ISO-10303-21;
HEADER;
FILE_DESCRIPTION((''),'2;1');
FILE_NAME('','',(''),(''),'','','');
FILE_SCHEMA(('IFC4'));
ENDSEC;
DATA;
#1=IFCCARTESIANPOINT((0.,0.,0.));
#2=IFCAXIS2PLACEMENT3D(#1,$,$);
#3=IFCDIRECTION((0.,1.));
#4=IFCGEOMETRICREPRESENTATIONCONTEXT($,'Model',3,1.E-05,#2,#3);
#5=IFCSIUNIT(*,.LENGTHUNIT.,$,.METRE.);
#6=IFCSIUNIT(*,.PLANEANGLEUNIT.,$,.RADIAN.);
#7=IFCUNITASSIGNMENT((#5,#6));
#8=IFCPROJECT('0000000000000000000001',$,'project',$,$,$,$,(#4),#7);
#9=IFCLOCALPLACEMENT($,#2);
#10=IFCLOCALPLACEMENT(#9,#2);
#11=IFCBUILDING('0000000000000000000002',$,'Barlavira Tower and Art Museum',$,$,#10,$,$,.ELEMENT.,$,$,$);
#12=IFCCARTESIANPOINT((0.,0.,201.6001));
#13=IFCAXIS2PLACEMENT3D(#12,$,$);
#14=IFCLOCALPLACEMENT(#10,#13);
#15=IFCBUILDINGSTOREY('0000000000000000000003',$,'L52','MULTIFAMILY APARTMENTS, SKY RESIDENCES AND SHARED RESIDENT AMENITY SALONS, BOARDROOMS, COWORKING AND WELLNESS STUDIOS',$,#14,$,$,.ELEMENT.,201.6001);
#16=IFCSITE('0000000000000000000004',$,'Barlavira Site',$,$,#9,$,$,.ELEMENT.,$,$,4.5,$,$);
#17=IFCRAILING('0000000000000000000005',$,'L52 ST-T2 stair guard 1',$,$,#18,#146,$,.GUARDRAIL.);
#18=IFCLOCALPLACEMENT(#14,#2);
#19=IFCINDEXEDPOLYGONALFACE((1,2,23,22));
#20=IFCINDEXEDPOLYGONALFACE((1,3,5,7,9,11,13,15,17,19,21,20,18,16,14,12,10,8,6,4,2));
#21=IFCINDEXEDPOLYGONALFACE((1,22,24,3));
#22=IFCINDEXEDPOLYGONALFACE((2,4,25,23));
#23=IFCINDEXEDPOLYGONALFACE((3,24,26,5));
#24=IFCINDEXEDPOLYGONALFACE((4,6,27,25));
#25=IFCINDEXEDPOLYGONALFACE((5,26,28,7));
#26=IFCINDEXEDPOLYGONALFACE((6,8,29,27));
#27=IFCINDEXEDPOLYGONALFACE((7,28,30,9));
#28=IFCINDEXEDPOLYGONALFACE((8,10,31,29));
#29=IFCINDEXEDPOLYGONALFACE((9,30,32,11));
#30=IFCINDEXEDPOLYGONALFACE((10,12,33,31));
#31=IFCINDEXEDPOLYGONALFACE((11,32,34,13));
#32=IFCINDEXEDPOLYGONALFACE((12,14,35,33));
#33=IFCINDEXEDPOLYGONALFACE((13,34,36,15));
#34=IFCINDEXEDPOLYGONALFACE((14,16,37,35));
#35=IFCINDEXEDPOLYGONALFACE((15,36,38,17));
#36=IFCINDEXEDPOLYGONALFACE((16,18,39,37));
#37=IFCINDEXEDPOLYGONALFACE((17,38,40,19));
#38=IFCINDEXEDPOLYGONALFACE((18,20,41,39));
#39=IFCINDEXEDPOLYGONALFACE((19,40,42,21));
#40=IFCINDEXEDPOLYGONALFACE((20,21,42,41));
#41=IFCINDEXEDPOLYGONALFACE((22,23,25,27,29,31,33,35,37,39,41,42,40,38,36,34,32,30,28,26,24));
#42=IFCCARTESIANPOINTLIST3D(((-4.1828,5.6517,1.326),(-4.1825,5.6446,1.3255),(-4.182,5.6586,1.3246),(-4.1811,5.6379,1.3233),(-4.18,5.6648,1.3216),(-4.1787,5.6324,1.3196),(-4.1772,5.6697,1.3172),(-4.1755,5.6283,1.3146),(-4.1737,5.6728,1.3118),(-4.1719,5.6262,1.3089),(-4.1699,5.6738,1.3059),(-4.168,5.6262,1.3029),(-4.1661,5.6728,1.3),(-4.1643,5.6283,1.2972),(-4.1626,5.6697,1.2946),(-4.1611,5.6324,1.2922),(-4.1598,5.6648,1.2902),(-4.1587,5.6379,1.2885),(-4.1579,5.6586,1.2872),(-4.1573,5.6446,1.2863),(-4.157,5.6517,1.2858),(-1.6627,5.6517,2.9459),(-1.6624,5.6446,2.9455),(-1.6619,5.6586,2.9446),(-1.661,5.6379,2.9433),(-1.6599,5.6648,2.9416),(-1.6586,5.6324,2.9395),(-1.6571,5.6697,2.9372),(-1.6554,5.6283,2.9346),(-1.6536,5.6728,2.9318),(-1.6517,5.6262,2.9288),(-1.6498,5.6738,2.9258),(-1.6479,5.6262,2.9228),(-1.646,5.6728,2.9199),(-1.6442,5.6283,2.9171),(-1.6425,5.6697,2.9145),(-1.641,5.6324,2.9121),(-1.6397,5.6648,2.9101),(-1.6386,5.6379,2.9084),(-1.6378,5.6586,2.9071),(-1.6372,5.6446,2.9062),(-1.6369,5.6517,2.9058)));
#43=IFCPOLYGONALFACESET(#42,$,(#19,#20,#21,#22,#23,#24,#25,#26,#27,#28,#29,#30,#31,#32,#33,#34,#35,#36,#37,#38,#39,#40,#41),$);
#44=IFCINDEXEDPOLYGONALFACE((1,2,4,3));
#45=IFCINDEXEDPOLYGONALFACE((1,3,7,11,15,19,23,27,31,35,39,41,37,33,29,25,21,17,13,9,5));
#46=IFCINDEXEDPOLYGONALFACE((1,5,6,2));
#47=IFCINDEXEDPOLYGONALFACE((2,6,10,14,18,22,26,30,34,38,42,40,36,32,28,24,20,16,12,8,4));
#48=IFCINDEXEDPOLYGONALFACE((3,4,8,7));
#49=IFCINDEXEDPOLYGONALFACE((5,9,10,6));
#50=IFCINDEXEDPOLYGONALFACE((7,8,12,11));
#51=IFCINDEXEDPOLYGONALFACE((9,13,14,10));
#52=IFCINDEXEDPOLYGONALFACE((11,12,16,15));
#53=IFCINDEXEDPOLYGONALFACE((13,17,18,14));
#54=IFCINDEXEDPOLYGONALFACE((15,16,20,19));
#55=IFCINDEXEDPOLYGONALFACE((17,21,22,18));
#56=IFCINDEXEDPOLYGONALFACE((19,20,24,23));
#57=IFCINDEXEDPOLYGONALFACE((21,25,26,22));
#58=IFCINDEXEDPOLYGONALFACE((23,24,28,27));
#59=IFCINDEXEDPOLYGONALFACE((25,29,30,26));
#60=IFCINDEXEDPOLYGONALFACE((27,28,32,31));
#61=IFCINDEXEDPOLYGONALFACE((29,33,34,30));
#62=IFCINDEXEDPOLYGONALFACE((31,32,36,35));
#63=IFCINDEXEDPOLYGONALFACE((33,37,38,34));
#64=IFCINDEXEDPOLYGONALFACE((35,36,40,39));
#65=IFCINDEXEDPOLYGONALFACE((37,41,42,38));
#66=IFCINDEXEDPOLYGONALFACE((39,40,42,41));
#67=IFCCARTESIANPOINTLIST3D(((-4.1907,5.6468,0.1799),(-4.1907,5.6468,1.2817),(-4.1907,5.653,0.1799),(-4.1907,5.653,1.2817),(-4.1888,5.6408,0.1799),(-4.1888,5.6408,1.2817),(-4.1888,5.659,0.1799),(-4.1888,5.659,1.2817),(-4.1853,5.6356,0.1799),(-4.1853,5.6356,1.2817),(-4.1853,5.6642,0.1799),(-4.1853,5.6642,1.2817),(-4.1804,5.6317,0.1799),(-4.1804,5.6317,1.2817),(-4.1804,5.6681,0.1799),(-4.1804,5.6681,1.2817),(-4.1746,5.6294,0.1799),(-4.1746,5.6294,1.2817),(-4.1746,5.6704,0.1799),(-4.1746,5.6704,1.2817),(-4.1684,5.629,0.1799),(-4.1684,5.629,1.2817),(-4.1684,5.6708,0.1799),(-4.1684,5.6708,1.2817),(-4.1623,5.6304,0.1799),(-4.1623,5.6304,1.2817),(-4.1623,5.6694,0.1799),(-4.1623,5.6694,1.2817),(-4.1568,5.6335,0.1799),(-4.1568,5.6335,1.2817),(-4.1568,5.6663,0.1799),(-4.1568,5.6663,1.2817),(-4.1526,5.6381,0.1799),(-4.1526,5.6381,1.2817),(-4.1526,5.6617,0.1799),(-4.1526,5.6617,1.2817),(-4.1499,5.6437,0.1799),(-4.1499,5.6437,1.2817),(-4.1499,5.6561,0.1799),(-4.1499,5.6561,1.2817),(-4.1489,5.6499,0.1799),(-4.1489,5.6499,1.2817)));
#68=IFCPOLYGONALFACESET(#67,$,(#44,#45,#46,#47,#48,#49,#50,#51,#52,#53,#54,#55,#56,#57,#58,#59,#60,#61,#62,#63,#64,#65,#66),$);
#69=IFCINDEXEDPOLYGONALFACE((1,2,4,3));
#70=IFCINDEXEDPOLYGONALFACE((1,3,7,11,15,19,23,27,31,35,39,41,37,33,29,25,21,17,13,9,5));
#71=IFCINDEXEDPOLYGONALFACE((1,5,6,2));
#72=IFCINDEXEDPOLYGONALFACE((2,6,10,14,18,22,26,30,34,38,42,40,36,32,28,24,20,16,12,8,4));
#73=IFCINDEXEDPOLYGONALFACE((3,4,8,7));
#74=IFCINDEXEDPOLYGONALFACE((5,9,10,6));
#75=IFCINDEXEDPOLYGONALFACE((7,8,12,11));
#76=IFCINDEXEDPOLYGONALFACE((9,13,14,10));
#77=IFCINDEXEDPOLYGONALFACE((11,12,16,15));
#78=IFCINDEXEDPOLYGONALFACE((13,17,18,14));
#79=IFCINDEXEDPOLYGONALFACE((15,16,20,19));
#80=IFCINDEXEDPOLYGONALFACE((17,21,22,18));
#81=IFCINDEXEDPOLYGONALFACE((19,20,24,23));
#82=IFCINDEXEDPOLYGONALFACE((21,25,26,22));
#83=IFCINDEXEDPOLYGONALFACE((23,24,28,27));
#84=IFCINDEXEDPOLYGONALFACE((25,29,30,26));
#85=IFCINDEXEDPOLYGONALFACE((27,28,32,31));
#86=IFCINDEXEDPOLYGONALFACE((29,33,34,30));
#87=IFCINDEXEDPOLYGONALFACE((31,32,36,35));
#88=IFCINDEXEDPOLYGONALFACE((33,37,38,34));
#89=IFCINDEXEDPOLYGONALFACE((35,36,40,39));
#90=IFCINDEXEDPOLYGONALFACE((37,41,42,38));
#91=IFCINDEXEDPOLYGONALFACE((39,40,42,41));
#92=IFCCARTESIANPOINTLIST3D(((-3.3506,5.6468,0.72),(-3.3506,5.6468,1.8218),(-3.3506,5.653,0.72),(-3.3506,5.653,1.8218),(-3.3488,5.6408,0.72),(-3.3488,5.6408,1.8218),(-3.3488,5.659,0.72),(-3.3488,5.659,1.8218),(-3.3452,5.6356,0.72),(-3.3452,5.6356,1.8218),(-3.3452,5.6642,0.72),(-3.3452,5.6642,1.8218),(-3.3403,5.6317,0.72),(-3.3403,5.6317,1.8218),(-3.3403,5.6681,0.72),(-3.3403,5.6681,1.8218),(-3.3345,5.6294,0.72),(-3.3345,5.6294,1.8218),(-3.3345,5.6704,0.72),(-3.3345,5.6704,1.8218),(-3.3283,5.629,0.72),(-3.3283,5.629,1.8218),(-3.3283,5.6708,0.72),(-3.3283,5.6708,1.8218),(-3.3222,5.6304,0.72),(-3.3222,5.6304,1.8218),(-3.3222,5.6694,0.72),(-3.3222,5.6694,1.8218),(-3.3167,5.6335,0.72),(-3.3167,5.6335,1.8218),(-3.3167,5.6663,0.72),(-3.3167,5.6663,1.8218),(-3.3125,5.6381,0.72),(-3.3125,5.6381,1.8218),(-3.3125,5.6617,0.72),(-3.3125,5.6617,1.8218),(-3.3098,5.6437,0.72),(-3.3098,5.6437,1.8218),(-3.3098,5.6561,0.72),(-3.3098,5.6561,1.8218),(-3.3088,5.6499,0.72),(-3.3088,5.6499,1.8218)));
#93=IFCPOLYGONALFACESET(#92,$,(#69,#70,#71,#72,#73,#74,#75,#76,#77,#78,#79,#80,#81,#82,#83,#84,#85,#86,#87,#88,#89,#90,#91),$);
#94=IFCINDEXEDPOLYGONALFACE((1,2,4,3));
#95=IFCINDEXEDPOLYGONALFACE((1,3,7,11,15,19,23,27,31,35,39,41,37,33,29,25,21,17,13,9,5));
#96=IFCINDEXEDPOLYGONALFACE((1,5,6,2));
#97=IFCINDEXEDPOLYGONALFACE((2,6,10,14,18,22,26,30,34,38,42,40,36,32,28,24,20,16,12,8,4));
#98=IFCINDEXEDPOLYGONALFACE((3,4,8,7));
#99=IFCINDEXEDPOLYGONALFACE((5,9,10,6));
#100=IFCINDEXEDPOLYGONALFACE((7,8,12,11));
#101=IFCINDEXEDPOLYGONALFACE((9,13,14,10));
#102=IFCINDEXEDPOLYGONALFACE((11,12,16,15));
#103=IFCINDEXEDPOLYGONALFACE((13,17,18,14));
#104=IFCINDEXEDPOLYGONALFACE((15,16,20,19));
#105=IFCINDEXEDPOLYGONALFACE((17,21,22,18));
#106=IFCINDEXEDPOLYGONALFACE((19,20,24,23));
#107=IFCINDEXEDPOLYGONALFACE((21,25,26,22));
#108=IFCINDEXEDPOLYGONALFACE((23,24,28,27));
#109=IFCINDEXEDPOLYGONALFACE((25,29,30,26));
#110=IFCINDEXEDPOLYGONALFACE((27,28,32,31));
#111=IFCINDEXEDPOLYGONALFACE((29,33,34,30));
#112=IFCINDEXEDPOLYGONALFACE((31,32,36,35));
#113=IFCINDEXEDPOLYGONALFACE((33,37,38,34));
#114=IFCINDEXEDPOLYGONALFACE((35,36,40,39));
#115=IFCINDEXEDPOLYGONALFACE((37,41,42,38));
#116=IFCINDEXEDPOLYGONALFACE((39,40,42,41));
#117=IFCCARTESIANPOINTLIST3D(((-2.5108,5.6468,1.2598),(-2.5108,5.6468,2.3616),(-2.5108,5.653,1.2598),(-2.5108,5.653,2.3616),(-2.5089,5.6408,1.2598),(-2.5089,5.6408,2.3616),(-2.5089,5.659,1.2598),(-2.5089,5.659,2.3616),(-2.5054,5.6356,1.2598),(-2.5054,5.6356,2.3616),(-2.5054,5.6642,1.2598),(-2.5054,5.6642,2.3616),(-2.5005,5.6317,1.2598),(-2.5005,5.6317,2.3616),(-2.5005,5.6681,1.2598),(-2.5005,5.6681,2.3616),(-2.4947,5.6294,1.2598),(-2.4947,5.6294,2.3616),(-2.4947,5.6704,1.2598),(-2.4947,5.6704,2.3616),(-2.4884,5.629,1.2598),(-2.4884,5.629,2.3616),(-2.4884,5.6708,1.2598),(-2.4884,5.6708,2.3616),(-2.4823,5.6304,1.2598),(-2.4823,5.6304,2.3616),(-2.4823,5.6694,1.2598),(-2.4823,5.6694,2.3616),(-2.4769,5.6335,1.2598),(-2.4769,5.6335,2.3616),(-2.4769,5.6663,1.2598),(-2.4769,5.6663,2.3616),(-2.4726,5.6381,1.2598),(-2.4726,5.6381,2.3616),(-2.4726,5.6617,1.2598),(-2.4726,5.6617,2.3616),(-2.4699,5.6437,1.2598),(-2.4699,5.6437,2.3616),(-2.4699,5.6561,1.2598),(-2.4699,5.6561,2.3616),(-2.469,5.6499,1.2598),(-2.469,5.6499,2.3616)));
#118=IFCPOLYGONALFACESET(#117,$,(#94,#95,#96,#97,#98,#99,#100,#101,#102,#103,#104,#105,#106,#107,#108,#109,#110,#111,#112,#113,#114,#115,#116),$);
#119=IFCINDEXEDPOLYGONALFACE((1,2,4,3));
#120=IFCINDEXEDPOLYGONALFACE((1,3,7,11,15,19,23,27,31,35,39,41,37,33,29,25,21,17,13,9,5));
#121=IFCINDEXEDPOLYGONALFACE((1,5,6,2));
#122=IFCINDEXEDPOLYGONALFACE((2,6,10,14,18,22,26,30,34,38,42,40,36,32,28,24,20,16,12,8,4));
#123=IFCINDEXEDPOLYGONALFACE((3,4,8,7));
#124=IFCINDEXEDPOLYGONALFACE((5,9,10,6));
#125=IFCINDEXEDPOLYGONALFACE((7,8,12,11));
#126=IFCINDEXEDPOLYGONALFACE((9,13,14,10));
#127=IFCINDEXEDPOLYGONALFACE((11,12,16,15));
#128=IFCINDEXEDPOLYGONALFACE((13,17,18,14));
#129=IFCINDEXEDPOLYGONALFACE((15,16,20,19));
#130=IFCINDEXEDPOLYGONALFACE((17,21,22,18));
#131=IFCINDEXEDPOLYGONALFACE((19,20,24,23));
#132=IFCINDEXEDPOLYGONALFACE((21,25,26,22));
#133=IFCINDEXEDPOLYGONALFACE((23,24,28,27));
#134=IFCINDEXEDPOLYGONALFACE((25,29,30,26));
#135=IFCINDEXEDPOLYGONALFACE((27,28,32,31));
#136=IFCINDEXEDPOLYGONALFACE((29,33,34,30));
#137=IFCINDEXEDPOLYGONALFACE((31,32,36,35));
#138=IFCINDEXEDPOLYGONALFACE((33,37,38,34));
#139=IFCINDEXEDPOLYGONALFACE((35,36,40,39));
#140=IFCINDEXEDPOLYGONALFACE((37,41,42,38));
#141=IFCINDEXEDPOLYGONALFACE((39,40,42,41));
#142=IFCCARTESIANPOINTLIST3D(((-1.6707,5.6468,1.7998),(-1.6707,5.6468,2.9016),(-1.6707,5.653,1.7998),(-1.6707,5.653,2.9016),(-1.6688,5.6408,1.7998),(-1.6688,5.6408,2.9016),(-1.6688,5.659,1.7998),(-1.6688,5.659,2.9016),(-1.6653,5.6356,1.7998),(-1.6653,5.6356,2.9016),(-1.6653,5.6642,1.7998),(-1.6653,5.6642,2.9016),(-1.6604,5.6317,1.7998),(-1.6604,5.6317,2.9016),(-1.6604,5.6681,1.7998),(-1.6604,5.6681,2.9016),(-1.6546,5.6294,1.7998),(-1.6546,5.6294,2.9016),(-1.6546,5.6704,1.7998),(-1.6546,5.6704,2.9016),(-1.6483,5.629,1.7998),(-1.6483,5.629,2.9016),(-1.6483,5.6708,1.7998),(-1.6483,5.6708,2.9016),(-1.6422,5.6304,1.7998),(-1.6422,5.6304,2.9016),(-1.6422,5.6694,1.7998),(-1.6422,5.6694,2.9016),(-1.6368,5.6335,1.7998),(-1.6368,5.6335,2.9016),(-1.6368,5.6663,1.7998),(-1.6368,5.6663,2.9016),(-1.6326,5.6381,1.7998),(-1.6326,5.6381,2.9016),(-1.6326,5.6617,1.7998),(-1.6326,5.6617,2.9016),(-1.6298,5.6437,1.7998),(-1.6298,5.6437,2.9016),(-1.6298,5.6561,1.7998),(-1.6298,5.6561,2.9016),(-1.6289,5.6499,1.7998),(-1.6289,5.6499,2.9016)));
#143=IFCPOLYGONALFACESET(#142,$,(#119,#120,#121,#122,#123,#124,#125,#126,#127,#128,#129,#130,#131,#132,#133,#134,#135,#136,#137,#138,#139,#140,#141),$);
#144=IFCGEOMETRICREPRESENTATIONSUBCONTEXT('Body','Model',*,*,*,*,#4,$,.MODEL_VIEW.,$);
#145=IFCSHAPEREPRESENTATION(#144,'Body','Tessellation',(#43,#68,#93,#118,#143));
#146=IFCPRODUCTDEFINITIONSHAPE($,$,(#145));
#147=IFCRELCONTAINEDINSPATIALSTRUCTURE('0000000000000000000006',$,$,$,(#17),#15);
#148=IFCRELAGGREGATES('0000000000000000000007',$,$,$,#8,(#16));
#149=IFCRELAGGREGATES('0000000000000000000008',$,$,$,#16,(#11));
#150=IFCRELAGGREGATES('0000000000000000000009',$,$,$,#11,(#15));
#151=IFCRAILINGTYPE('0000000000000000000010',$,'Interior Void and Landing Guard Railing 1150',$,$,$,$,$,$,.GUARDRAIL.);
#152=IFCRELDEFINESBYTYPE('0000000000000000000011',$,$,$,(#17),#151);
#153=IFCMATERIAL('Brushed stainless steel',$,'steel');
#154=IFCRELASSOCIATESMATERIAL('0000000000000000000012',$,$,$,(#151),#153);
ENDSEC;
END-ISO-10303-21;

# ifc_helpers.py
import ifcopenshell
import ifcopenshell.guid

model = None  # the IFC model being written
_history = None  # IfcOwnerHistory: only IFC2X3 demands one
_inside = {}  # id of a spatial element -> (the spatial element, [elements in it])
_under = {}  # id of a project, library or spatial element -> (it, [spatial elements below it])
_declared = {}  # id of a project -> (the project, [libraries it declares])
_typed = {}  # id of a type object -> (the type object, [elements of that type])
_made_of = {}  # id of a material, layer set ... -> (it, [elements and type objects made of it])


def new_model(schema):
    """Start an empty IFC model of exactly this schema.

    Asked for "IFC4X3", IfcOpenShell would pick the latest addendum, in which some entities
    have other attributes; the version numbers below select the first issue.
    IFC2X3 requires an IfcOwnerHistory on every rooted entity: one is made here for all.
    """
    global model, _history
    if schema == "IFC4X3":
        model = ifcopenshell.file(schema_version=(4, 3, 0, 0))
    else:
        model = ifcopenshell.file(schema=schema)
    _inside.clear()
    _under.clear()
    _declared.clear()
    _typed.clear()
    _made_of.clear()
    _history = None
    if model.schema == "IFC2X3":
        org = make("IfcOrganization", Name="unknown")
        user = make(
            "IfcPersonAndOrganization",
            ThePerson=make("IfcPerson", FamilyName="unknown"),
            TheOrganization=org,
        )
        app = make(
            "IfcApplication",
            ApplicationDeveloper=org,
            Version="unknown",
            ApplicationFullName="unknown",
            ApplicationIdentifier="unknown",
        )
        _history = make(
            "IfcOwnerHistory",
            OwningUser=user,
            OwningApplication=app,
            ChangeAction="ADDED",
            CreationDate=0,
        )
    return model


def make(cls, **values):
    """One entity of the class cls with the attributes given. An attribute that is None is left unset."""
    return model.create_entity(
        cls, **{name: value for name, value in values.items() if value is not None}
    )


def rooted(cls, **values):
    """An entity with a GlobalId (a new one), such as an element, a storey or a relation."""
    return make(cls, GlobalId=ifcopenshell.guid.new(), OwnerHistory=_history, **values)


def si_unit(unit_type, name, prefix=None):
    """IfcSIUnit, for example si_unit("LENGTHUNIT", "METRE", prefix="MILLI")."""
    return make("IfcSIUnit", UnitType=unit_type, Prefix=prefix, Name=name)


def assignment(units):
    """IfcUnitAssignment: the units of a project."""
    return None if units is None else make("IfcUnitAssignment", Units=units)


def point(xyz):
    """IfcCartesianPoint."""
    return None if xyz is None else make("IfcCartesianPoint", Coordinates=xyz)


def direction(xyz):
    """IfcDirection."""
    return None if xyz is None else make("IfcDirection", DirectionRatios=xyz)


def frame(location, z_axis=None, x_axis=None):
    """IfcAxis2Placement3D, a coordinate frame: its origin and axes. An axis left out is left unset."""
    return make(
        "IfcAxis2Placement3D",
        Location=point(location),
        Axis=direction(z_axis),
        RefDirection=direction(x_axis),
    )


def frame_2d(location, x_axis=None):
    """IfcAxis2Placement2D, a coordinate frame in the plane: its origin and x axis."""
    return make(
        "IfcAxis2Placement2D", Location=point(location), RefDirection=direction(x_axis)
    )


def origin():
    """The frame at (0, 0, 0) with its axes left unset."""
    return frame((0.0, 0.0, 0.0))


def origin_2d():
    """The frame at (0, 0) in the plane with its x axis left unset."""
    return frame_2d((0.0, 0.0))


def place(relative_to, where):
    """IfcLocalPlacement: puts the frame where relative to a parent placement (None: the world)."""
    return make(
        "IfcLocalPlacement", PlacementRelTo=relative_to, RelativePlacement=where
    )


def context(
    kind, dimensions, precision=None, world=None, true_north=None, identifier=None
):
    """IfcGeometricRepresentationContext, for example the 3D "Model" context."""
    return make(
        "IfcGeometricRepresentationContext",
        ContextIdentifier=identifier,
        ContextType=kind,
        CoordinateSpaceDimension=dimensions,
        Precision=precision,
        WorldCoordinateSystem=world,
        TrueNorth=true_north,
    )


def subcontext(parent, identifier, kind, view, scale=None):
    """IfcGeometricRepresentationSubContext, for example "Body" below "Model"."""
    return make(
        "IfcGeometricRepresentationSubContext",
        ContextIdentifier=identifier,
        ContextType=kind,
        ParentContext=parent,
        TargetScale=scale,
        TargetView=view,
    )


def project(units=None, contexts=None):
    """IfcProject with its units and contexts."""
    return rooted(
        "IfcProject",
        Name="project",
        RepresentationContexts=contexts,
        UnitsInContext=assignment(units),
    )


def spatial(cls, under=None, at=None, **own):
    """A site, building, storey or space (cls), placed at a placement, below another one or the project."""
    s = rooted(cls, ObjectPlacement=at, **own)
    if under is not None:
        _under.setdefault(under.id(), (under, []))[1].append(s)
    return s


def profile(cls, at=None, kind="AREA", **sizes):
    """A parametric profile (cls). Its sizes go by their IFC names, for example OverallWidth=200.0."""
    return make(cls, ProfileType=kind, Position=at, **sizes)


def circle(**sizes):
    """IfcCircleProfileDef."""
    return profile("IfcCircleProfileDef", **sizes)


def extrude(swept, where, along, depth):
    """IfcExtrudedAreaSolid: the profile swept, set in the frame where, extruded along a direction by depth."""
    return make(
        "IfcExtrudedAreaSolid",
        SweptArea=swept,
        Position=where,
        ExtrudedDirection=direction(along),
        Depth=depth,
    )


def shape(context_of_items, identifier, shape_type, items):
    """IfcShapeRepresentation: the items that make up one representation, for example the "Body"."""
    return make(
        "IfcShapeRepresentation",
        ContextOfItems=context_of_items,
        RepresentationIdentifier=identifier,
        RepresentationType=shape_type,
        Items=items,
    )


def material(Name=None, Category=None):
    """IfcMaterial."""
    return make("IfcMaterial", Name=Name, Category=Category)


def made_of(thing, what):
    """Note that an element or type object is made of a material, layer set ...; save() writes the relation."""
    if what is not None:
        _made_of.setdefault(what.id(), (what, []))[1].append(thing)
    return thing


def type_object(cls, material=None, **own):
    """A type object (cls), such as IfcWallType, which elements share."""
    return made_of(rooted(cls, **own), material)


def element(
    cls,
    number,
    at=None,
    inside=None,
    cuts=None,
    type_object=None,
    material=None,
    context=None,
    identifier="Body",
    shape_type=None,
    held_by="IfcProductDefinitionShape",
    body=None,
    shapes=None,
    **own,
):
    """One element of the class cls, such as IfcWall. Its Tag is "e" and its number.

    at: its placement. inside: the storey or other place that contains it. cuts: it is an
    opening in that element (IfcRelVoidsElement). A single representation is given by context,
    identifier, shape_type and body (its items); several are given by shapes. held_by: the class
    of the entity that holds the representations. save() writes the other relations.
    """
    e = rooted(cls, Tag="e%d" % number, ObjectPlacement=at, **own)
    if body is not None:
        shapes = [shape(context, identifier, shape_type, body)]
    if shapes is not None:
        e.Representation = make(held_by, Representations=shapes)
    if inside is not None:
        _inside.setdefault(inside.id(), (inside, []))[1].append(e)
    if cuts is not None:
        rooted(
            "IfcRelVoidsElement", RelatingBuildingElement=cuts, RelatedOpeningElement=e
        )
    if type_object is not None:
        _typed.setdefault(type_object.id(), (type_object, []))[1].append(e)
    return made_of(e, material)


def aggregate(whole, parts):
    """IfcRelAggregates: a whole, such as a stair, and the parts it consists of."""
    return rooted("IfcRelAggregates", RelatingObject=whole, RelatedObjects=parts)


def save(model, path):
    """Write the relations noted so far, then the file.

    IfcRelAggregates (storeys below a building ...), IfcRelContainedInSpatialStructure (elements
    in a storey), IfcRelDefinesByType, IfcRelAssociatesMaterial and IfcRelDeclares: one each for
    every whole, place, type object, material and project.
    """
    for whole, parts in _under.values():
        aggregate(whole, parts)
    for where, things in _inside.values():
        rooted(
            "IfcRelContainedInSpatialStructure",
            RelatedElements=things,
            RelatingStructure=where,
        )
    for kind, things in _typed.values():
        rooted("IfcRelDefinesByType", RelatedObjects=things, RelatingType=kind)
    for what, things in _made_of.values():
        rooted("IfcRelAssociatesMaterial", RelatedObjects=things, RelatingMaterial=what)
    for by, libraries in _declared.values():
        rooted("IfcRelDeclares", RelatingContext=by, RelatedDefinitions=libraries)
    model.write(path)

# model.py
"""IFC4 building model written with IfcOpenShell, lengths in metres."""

from ifc_helpers import new_model, si_unit, direction, frame, origin, origin_2d, place, context, subcontext, project, spatial, circle, extrude, material, type_object, element, save


model = new_model("IFC4")

# Units and contexts
model_context = context("Model", 3, precision=1e-05, world=origin(), true_north=direction((0.0, 1.0)))
body_context = subcontext(model_context, "Body", "Model", "MODEL_VIEW")
ifc_project = project(units=[si_unit("LENGTHUNIT", "METRE"), si_unit("PLANEANGLEUNIT", "RADIAN")], contexts=[model_context])

# Site, building, storey
site_placement = place(None, origin())
site = spatial("IfcSite", under=ifc_project, at=site_placement, Name="Barlavira Site", CompositionType="ELEMENT", RefElevation=4.5)
building_placement = place(site_placement, origin())
building = spatial("IfcBuilding", under=site, at=building_placement, Name="Barlavira Tower and Art Museum", CompositionType="ELEMENT")
storey_placement = place(building_placement, frame((0.0, 0.0, 201.6001)))
storey = spatial("IfcBuildingStorey", under=building, at=storey_placement, Name="L52", Description="MULTIFAMILY APARTMENTS, SKY RESIDENCES AND SHARED RESIDENT AMENITY SALONS, BOARDROOMS, COWORKING AND WELLNESS STUDIOS", CompositionType="ELEMENT", Elevation=201.6001)

# Shared definitions
ifc_material_1 = material(Name="Brushed stainless steel", Category="steel")

# Railing
railing_type_1 = type_object("IfcRailingType", Name="Interior Void and Landing Guard Railing 1150", PredefinedType="GUARDRAIL", material=ifc_material_1)
railing_1_placement = place(storey_placement, frame((-4.1699, 5.6499, 0.1799)))
element("IfcRailing", 1, at=railing_1_placement, inside=storey, type_object=railing_type_1, Name="L52 ST-T2 stair guard 1", PredefinedType="GUARDRAIL", context=body_context, shape_type="SweptSolid", body=[
    extrude(circle(Radius=0.0239, at=origin_2d()), frame((0.0, 0.0, 1.126), z_axis=(0.8412, 0.0, 0.540725), x_axis=(0.0, 1.0, 0.0)), (0.0, 0.0, 1.0), 2.9958),
    extrude(circle(Radius=0.021, at=origin_2d()), origin(), (0.0, 0.0, 1.0), 1.1018),
    extrude(circle(Radius=0.021, at=origin_2d()), frame((0.8401, 0.0, 0.54)), (0.0, 0.0, 1.0), 1.1018),
    extrude(circle(Radius=0.021, at=origin_2d()), frame((1.6799, 0.0, 1.0798)), (0.0, 0.0, 1.0), 1.1018),
    extrude(circle(Radius=0.021, at=origin_2d()), frame((2.52, 0.0, 1.6199)), (0.0, 0.0, 1.0), 1.1018),
])

save(model, "model.ifc")
